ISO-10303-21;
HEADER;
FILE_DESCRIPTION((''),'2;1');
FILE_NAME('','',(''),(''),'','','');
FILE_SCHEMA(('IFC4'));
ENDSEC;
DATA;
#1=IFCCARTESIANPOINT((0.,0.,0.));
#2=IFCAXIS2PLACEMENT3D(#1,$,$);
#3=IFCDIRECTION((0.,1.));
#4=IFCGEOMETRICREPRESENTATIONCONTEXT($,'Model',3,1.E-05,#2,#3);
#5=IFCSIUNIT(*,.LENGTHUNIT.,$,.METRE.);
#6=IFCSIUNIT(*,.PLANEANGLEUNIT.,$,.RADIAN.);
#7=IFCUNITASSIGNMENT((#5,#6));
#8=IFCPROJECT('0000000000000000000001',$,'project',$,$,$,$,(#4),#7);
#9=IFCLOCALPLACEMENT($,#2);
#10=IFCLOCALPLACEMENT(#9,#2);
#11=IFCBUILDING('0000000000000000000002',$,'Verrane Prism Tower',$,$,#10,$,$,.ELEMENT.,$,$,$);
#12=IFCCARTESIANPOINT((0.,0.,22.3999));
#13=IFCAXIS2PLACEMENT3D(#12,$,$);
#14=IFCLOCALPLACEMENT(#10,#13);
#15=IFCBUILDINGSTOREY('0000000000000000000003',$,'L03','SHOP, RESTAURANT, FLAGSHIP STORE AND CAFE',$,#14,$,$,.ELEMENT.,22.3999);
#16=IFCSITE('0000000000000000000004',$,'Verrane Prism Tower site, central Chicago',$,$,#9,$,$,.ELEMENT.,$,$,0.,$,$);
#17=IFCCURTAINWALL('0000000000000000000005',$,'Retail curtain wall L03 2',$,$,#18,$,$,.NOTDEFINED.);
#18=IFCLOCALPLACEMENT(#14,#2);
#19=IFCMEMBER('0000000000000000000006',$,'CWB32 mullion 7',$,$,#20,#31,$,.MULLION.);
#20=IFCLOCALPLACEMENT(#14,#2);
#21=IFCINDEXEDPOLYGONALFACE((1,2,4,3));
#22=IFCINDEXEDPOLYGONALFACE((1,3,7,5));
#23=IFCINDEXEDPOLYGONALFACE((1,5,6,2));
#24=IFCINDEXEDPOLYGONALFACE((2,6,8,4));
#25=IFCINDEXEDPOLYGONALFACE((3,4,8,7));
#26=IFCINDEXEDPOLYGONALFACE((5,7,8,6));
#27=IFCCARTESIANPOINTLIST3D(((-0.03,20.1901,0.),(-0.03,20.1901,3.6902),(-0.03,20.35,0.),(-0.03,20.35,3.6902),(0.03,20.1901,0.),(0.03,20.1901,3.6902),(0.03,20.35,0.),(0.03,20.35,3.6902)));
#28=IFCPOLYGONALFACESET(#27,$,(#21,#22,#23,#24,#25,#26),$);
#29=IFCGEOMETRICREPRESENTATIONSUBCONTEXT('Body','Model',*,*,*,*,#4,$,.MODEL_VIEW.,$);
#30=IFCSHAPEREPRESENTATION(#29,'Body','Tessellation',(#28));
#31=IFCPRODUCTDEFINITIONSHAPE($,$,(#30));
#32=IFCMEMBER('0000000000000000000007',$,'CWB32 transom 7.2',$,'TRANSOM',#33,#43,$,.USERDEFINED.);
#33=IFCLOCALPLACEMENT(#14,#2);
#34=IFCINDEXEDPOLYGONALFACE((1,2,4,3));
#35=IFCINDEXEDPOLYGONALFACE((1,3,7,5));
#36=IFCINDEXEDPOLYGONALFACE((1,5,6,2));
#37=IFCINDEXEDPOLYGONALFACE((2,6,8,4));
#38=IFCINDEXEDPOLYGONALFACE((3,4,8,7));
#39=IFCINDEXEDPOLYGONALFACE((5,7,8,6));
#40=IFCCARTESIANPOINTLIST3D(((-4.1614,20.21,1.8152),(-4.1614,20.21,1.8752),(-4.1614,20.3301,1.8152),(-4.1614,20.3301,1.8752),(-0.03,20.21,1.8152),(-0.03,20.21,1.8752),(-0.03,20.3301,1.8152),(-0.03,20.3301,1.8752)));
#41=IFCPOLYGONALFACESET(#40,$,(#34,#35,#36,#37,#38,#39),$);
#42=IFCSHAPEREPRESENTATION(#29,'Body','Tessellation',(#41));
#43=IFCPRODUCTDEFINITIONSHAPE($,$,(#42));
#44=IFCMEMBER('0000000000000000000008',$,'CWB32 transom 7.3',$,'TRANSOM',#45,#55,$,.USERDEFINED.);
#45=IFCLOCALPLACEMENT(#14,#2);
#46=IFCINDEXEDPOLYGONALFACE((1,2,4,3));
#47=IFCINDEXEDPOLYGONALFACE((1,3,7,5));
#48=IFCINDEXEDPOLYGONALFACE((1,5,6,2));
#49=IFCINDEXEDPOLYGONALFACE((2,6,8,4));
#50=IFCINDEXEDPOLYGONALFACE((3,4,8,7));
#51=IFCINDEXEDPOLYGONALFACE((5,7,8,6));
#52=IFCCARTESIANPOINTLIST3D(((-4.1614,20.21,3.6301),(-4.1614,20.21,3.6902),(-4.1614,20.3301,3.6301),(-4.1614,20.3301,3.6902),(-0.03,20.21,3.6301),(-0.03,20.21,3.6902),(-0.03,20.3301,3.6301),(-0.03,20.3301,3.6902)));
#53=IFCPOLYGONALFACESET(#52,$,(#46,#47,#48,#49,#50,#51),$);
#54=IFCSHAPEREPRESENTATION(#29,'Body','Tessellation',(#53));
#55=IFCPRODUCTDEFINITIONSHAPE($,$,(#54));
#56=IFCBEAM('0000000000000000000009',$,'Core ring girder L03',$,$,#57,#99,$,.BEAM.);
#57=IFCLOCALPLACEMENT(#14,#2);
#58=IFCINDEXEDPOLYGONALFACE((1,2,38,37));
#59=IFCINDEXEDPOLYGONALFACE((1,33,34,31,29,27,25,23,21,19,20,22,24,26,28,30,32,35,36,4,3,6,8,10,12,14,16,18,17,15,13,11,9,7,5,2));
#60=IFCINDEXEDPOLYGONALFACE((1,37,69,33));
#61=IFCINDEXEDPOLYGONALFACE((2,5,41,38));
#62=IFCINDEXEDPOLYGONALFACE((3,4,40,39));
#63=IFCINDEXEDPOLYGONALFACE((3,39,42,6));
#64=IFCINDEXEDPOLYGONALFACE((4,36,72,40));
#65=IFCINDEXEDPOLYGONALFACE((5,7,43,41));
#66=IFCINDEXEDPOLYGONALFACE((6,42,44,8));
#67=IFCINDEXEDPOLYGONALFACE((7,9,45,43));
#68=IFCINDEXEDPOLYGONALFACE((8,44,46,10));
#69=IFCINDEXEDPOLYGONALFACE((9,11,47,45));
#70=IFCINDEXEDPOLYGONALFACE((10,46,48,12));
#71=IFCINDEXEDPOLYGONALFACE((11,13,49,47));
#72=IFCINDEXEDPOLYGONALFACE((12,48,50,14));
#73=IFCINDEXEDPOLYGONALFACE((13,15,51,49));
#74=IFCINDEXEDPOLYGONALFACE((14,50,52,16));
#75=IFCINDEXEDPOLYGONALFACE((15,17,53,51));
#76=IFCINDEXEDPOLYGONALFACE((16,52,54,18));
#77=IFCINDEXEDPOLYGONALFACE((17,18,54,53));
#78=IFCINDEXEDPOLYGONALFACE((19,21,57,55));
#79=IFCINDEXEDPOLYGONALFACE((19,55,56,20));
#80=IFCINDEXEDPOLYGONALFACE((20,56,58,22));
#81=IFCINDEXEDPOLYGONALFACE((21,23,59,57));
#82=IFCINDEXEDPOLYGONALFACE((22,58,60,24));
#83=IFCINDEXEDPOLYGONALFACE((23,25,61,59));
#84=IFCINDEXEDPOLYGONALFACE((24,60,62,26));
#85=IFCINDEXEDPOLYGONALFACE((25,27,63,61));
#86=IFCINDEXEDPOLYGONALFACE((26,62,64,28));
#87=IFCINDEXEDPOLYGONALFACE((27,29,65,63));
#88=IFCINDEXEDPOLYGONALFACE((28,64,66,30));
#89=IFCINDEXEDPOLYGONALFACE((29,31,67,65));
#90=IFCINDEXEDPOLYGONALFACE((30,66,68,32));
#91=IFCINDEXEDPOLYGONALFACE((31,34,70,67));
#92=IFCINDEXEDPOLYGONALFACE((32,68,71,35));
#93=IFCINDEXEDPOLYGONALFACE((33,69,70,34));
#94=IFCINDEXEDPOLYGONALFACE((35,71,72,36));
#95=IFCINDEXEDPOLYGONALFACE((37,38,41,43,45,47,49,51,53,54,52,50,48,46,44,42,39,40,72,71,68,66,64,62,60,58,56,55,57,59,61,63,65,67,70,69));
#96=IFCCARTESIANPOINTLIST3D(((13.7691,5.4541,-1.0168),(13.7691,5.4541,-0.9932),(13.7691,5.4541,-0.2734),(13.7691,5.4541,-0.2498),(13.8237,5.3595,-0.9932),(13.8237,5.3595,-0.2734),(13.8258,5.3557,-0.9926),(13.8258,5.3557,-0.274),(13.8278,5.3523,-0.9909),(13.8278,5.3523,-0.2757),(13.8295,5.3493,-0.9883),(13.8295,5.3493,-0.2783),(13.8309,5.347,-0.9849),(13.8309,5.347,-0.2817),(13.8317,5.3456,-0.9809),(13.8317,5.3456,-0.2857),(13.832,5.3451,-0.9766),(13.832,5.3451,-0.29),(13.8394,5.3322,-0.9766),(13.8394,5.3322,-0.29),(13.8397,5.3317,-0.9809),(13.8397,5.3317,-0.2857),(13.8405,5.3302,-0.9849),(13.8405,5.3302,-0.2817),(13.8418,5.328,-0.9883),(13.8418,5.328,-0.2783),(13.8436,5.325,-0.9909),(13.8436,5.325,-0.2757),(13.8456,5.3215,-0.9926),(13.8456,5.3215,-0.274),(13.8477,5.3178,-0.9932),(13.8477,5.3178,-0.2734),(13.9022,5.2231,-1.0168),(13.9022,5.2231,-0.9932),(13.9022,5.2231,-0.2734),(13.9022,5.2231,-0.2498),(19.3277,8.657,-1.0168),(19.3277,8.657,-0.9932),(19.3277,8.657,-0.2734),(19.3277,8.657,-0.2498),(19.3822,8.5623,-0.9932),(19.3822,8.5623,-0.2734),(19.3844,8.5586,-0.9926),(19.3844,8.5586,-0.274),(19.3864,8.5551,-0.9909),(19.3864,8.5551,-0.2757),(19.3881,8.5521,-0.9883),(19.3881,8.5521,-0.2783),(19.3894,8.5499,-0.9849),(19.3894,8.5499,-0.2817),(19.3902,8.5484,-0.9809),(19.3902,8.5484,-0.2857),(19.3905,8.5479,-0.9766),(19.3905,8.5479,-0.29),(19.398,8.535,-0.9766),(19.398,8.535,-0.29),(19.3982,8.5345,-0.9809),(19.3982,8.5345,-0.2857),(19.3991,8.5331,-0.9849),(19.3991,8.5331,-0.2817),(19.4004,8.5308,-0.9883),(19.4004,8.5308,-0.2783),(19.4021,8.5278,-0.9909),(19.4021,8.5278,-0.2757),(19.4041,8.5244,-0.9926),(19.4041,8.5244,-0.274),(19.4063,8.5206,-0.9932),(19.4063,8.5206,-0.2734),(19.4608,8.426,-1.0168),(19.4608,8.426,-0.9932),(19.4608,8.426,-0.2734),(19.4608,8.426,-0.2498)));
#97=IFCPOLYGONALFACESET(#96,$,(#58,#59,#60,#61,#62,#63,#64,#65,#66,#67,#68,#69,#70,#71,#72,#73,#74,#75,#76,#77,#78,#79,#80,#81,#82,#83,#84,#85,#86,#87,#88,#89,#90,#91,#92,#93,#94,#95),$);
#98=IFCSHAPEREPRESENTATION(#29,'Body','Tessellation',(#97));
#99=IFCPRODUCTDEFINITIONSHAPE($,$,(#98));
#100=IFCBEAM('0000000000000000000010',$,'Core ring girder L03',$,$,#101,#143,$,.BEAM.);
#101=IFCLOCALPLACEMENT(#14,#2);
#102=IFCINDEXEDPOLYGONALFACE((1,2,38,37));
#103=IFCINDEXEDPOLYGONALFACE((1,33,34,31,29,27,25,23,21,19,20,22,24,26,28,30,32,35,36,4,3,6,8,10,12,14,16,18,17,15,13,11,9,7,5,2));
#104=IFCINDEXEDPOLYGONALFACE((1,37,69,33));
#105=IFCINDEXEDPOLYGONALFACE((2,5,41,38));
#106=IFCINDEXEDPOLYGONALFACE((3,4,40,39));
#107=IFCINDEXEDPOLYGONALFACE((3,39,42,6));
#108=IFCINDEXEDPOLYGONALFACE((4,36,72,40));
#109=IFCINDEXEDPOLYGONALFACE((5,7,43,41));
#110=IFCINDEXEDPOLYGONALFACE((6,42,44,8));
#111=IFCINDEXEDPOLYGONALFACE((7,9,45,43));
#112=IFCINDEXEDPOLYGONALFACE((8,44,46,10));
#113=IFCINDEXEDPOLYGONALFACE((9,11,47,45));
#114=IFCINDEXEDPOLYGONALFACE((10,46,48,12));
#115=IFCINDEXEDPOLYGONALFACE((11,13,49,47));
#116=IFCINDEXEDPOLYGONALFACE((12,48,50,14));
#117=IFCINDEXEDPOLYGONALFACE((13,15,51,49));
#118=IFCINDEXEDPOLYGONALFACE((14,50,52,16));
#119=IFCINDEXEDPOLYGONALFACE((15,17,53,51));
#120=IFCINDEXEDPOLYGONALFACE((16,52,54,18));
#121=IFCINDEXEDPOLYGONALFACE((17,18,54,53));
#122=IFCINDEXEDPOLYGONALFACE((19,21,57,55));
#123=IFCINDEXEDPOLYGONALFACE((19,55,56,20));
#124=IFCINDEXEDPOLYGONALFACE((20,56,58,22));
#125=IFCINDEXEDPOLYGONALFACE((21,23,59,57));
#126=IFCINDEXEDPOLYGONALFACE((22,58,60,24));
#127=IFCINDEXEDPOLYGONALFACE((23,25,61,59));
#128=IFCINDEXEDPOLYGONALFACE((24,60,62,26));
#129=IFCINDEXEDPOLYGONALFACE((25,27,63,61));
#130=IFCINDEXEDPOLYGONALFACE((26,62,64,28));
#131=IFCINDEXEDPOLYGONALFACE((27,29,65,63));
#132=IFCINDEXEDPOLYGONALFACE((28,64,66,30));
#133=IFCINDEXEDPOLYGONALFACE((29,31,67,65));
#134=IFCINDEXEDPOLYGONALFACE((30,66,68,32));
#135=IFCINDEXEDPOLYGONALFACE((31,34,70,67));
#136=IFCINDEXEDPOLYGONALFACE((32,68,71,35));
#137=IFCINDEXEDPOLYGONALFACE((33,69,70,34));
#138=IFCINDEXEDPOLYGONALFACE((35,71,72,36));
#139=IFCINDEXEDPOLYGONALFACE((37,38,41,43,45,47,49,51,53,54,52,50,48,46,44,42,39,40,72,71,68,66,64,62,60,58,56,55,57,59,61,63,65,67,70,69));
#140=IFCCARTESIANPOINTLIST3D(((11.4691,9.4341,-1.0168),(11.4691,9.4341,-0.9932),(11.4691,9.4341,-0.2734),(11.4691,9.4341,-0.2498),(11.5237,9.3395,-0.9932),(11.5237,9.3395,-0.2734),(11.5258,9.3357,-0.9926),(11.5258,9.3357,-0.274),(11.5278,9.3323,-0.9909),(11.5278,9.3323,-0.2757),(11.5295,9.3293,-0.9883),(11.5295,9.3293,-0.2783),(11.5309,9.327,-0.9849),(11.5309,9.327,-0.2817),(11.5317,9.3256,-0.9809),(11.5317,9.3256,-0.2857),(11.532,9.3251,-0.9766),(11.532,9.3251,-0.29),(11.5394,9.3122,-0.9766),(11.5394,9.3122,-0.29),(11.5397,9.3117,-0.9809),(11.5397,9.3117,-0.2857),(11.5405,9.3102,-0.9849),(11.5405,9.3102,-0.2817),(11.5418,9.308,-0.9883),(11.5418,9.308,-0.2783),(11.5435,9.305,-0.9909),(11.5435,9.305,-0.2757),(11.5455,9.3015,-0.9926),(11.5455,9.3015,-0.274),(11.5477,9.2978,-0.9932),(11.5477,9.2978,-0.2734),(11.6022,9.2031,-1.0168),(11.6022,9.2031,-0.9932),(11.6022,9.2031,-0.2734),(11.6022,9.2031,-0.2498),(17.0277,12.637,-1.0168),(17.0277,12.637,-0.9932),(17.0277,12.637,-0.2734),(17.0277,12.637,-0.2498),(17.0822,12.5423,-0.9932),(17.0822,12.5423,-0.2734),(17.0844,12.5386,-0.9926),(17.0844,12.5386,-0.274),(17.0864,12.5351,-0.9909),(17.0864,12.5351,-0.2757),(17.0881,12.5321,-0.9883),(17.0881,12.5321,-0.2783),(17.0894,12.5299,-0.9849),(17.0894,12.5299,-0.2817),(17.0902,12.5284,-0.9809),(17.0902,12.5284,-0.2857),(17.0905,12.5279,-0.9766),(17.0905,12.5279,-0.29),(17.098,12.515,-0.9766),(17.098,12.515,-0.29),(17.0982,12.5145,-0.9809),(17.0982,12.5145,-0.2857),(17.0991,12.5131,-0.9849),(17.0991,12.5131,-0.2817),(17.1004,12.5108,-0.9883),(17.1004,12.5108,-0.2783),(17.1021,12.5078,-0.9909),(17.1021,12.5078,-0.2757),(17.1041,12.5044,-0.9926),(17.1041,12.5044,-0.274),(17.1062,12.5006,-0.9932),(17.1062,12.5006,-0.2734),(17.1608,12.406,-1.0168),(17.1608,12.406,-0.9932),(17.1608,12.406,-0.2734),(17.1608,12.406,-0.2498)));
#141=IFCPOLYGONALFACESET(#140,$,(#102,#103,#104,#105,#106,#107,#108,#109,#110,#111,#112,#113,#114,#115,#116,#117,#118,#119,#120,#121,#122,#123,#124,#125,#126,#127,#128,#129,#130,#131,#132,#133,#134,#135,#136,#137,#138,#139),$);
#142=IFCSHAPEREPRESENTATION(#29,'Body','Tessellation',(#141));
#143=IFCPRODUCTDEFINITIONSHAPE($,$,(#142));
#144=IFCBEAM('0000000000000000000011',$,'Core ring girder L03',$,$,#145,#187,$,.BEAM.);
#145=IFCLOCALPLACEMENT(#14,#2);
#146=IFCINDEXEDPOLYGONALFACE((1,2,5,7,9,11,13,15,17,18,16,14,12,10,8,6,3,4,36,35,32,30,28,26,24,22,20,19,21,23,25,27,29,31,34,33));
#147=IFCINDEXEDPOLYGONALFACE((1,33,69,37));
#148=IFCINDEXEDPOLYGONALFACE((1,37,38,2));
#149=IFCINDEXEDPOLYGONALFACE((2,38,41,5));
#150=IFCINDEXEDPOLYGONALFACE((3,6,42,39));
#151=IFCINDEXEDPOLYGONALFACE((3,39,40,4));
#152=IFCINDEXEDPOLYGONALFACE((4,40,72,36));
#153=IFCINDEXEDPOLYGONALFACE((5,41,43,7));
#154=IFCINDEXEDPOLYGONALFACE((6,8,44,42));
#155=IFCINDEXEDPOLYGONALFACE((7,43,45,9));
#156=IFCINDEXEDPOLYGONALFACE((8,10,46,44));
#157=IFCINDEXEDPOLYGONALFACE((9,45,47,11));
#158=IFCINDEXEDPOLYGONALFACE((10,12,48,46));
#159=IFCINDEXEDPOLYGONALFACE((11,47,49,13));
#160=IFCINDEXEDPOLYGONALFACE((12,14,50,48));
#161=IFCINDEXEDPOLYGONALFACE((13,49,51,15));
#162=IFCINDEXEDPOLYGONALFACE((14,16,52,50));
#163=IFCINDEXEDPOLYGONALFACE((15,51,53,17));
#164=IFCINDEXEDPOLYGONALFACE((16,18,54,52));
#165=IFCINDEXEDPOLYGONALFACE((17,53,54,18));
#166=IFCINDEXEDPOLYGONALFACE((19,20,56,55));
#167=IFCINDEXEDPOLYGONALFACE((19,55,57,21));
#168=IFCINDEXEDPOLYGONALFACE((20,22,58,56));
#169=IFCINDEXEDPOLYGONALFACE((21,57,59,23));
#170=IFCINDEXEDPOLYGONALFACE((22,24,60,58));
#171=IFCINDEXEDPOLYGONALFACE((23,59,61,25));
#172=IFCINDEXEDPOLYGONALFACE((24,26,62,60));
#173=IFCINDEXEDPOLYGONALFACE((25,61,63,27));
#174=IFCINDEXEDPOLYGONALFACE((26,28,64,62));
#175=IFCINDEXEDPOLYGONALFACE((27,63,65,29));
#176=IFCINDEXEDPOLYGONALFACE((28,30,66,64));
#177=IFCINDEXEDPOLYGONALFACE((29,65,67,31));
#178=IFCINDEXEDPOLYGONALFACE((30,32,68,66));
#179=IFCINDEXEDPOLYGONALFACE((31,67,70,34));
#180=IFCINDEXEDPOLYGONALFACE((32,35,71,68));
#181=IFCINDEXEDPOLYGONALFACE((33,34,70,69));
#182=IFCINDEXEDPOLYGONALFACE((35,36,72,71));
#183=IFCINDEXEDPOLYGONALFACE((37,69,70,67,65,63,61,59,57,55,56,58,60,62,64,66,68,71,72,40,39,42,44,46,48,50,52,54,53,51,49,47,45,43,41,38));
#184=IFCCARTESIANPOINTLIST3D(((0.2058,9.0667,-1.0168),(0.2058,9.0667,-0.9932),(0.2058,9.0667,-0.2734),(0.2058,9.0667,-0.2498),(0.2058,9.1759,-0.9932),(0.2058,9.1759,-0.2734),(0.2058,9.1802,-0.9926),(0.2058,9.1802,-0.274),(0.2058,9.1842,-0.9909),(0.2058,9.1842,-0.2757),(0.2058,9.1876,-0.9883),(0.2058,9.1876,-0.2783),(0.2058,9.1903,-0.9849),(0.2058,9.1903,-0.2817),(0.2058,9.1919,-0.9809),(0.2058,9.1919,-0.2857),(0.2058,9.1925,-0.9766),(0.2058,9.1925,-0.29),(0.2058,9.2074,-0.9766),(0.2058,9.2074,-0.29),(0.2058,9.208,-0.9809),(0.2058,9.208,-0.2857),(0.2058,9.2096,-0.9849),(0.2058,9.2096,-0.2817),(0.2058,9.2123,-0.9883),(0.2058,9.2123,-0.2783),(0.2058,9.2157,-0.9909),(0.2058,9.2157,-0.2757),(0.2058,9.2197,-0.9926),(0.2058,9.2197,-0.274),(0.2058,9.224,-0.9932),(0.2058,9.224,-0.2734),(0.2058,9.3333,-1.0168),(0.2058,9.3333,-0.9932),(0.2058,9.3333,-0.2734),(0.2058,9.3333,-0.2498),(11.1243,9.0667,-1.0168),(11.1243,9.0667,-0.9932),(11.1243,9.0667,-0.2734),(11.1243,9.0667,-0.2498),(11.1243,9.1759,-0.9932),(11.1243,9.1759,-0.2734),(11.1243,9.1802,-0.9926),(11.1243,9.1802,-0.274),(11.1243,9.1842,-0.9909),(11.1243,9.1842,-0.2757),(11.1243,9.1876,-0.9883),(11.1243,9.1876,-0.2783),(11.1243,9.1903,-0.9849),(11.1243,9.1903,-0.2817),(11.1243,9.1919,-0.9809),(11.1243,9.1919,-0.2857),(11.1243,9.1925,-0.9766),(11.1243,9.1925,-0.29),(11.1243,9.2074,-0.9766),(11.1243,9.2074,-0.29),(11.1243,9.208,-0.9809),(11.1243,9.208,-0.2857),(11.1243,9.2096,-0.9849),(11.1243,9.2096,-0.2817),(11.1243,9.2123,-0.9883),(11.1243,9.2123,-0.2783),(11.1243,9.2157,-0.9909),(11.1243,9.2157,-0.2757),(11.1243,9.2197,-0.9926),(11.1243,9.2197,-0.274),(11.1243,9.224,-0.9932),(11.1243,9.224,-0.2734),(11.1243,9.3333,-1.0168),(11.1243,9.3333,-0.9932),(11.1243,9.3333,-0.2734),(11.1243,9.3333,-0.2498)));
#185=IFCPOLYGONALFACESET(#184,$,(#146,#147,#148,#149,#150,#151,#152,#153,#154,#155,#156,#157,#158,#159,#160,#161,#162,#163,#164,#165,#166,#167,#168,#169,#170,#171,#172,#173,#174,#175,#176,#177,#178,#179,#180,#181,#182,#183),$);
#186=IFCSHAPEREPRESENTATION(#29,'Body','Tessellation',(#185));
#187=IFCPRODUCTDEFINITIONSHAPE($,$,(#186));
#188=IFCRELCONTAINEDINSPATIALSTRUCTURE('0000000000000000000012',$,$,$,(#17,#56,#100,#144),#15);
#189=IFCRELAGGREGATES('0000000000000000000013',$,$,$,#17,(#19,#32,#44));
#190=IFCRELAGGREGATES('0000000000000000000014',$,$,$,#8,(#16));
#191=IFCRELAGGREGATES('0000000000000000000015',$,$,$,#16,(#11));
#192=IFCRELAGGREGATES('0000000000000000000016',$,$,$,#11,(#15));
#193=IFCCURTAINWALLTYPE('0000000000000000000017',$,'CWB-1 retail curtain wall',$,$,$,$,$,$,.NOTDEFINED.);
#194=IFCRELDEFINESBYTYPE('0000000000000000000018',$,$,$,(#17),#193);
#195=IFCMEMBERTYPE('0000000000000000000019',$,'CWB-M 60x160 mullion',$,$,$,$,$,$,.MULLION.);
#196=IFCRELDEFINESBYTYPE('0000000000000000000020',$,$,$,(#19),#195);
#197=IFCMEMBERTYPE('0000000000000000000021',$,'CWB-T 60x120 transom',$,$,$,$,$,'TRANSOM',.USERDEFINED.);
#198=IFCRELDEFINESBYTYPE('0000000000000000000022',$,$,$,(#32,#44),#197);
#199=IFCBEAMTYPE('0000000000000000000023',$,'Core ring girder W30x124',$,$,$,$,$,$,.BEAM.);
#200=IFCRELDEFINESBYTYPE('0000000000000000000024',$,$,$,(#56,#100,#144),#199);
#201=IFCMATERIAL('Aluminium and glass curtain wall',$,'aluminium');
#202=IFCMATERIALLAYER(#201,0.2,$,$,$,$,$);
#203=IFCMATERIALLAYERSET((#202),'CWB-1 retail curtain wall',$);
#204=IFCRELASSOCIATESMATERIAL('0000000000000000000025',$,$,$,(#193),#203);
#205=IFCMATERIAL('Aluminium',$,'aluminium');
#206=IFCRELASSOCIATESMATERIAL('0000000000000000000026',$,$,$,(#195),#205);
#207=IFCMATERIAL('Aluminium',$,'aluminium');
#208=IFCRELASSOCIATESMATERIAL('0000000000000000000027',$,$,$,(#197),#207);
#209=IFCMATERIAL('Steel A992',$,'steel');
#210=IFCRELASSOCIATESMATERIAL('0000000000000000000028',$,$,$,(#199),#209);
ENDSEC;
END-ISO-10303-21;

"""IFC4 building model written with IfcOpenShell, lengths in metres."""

from ifc_helpers import new_model, si_unit, direction, frame, origin, origin_2d, place, context, subcontext, project, spatial, rectangle, i_section, extrude, material, layer, layer_set, material_profile, profile_set, type_object, element, aggregate, save


model = new_model("IFC4")

# Units and contexts
model_context = context("Model", 3, precision=1e-05, world=origin(), true_north=direction((0.0, 1.0)))
body_context = subcontext(model_context, "Body", "Model", "MODEL_VIEW")
ifc_project = project(units=[si_unit("LENGTHUNIT", "METRE"), si_unit("PLANEANGLEUNIT", "RADIAN")], contexts=[model_context])

# Site, building, storey
site_placement = place(None, origin())
site = spatial("IfcSite", under=ifc_project, at=site_placement, Name="Verrane Prism Tower site, central Chicago", CompositionType="ELEMENT", RefElevation=0.0)
building_placement = place(site_placement, origin())
building = spatial("IfcBuilding", under=site, at=building_placement, Name="Verrane Prism Tower", CompositionType="ELEMENT")
storey_placement = place(building_placement, frame((0.0, 0.0, 22.3999)))
storey = spatial("IfcBuildingStorey", under=building, at=storey_placement, Name="L03", Description="SHOP, RESTAURANT, FLAGSHIP STORE AND CAFE", CompositionType="ELEMENT", Elevation=22.3999)

# Curtain wall, members
ifc_material_1 = material(Name="Aluminium and glass curtain wall", Category="aluminium")
ifc_layer_1 = layer(ifc_material_1, 0.2)
ifc_layer_set_1 = layer_set([ifc_layer_1], Name="CWB-1 retail curtain wall")
curtain_wall_type = type_object("IfcCurtainWallType", Name="CWB-1 retail curtain wall", PredefinedType="NOTDEFINED", material=ifc_layer_set_1)
curtain_wall_placement = place(storey_placement, origin())
curtain_wall = element("IfcCurtainWall", 1, at=curtain_wall_placement, inside=storey, type_object=curtain_wall_type, Name="Retail curtain wall L03 2", PredefinedType="NOTDEFINED")
ifc_material_2 = material(Name="Aluminium", Category="aluminium")
ifc_material_profile_1 = material_profile(ifc_material_2, rectangle(XDim=0.1599, YDim=0.0601, at=origin_2d()), Name="CWB-M 60x160 mullion")
ifc_profile_set_1 = profile_set([ifc_material_profile_1], Name="Aluminium")
member_type_1 = type_object("IfcMemberType", Name="CWB-M 60x160 mullion", PredefinedType="MULLION", material=ifc_profile_set_1)
member_1_placement = place(storey_placement, frame((0.0, 20.27, 0.0), z_axis=(0.0, 0.0, 1.0), x_axis=(0.0, -1.0, 0.0)))
member_1 = element("IfcMember", 2, at=member_1_placement, type_object=member_type_1, Name="CWB32 mullion 7", PredefinedType="MULLION", context=body_context, shape_type="SweptSolid", body=[
    extrude(rectangle(XDim=0.1599, YDim=0.0601, at=origin_2d()), origin(), (0.0, 0.0, 1.0), 3.6902),
])
ifc_material_3 = material(Name="Aluminium", Category="aluminium")
ifc_material_profile_2 = material_profile(ifc_material_3, rectangle(XDim=0.1201, YDim=0.0601, at=origin_2d()), Name="CWB-T 60x120 transom")
ifc_profile_set_2 = profile_set([ifc_material_profile_2], Name="Aluminium")
member_type_2 = type_object("IfcMemberType", Name="CWB-T 60x120 transom", ElementType="TRANSOM", PredefinedType="USERDEFINED", material=ifc_profile_set_2)
member_2_placement = place(storey_placement, frame((-0.03, 20.27, 1.8452), z_axis=(-1.0, 0.0, 0.0), x_axis=(0.0, -1.0, 0.0)))
member_2 = element("IfcMember", 3, at=member_2_placement, type_object=member_type_2, Name="CWB32 transom 7.2", ObjectType="TRANSOM", PredefinedType="USERDEFINED", context=body_context, shape_type="SweptSolid", body=[
    extrude(rectangle(XDim=0.1201, YDim=0.0601, at=origin_2d()), origin(), (0.0, 0.0, 1.0), 4.1313),
])
member_3_placement = place(storey_placement, frame((-0.03, 20.27, 3.6602), z_axis=(-1.0, 0.0, 0.0), x_axis=(0.0, -1.0, 0.0)))
member_3 = element("IfcMember", 4, at=member_3_placement, type_object=member_type_2, Name="CWB32 transom 7.3", ObjectType="TRANSOM", PredefinedType="USERDEFINED", context=body_context, shape_type="SweptSolid", body=[
    extrude(rectangle(XDim=0.1201, YDim=0.0601, at=origin_2d()), origin(), (0.0, 0.0, 1.0), 4.1313),
])
aggregate(curtain_wall, [member_1, member_2, member_3])

# Beams
ifc_material_4 = material(Name="Steel A992", Category="steel")
ifc_material_profile_3 = material_profile(ifc_material_4, i_section(OverallWidth=0.2666, OverallDepth=0.7671, WebThickness=0.0149, FlangeThickness=0.0237, FilletRadius=0.0166, at=origin_2d()), Name="W30x124")
ifc_profile_set_3 = profile_set([ifc_material_profile_3], Name="Steel A992")
beam_type_1 = type_object("IfcBeamType", Name="Core ring girder W30x124", PredefinedType="BEAM", material=ifc_profile_set_3)
for number, where, z_axis, x_axis, name in (
    (5, (13.8357, 5.3386, -0.6333), (0.866455, 0.499255, 0.0), (-0.499255, 0.866455, 0.0), "Core ring girder L03"),
    (6, (17.0942, 12.5215, -0.6333), (-0.866455, -0.499255, 0.0), (0.499255, -0.866455, 0.0), "Core ring girder L03"),
):
    element("IfcBeam", number, at=place(storey_placement, frame(where, z_axis=z_axis, x_axis=x_axis)), inside=storey, type_object=beam_type_1, Name=name, PredefinedType="BEAM", context=body_context, shape_type="SweptSolid", body=[
        extrude(i_section(OverallWidth=0.2666, OverallDepth=0.7671, WebThickness=0.0149, FlangeThickness=0.0237, FilletRadius=0.0166, at=origin_2d()), origin(), (0.0, 0.0, 1.0), 6.4153),
    ])
beam_1_placement = place(storey_placement, frame((11.1243, 9.2, -0.6333), z_axis=(-1.0, 0.0, 0.0), x_axis=(0.0, -1.0, 0.0)))
element("IfcBeam", 7, at=beam_1_placement, inside=storey, type_object=beam_type_1, Name="Core ring girder L03", PredefinedType="BEAM", context=body_context, shape_type="SweptSolid", body=[
    extrude(i_section(OverallWidth=0.2666, OverallDepth=0.7671, WebThickness=0.0149, FlangeThickness=0.0237, FilletRadius=0.0166, at=origin_2d()), origin(), (0.0, 0.0, 1.0), 10.9185),
])

save(model, "model.ifc")
